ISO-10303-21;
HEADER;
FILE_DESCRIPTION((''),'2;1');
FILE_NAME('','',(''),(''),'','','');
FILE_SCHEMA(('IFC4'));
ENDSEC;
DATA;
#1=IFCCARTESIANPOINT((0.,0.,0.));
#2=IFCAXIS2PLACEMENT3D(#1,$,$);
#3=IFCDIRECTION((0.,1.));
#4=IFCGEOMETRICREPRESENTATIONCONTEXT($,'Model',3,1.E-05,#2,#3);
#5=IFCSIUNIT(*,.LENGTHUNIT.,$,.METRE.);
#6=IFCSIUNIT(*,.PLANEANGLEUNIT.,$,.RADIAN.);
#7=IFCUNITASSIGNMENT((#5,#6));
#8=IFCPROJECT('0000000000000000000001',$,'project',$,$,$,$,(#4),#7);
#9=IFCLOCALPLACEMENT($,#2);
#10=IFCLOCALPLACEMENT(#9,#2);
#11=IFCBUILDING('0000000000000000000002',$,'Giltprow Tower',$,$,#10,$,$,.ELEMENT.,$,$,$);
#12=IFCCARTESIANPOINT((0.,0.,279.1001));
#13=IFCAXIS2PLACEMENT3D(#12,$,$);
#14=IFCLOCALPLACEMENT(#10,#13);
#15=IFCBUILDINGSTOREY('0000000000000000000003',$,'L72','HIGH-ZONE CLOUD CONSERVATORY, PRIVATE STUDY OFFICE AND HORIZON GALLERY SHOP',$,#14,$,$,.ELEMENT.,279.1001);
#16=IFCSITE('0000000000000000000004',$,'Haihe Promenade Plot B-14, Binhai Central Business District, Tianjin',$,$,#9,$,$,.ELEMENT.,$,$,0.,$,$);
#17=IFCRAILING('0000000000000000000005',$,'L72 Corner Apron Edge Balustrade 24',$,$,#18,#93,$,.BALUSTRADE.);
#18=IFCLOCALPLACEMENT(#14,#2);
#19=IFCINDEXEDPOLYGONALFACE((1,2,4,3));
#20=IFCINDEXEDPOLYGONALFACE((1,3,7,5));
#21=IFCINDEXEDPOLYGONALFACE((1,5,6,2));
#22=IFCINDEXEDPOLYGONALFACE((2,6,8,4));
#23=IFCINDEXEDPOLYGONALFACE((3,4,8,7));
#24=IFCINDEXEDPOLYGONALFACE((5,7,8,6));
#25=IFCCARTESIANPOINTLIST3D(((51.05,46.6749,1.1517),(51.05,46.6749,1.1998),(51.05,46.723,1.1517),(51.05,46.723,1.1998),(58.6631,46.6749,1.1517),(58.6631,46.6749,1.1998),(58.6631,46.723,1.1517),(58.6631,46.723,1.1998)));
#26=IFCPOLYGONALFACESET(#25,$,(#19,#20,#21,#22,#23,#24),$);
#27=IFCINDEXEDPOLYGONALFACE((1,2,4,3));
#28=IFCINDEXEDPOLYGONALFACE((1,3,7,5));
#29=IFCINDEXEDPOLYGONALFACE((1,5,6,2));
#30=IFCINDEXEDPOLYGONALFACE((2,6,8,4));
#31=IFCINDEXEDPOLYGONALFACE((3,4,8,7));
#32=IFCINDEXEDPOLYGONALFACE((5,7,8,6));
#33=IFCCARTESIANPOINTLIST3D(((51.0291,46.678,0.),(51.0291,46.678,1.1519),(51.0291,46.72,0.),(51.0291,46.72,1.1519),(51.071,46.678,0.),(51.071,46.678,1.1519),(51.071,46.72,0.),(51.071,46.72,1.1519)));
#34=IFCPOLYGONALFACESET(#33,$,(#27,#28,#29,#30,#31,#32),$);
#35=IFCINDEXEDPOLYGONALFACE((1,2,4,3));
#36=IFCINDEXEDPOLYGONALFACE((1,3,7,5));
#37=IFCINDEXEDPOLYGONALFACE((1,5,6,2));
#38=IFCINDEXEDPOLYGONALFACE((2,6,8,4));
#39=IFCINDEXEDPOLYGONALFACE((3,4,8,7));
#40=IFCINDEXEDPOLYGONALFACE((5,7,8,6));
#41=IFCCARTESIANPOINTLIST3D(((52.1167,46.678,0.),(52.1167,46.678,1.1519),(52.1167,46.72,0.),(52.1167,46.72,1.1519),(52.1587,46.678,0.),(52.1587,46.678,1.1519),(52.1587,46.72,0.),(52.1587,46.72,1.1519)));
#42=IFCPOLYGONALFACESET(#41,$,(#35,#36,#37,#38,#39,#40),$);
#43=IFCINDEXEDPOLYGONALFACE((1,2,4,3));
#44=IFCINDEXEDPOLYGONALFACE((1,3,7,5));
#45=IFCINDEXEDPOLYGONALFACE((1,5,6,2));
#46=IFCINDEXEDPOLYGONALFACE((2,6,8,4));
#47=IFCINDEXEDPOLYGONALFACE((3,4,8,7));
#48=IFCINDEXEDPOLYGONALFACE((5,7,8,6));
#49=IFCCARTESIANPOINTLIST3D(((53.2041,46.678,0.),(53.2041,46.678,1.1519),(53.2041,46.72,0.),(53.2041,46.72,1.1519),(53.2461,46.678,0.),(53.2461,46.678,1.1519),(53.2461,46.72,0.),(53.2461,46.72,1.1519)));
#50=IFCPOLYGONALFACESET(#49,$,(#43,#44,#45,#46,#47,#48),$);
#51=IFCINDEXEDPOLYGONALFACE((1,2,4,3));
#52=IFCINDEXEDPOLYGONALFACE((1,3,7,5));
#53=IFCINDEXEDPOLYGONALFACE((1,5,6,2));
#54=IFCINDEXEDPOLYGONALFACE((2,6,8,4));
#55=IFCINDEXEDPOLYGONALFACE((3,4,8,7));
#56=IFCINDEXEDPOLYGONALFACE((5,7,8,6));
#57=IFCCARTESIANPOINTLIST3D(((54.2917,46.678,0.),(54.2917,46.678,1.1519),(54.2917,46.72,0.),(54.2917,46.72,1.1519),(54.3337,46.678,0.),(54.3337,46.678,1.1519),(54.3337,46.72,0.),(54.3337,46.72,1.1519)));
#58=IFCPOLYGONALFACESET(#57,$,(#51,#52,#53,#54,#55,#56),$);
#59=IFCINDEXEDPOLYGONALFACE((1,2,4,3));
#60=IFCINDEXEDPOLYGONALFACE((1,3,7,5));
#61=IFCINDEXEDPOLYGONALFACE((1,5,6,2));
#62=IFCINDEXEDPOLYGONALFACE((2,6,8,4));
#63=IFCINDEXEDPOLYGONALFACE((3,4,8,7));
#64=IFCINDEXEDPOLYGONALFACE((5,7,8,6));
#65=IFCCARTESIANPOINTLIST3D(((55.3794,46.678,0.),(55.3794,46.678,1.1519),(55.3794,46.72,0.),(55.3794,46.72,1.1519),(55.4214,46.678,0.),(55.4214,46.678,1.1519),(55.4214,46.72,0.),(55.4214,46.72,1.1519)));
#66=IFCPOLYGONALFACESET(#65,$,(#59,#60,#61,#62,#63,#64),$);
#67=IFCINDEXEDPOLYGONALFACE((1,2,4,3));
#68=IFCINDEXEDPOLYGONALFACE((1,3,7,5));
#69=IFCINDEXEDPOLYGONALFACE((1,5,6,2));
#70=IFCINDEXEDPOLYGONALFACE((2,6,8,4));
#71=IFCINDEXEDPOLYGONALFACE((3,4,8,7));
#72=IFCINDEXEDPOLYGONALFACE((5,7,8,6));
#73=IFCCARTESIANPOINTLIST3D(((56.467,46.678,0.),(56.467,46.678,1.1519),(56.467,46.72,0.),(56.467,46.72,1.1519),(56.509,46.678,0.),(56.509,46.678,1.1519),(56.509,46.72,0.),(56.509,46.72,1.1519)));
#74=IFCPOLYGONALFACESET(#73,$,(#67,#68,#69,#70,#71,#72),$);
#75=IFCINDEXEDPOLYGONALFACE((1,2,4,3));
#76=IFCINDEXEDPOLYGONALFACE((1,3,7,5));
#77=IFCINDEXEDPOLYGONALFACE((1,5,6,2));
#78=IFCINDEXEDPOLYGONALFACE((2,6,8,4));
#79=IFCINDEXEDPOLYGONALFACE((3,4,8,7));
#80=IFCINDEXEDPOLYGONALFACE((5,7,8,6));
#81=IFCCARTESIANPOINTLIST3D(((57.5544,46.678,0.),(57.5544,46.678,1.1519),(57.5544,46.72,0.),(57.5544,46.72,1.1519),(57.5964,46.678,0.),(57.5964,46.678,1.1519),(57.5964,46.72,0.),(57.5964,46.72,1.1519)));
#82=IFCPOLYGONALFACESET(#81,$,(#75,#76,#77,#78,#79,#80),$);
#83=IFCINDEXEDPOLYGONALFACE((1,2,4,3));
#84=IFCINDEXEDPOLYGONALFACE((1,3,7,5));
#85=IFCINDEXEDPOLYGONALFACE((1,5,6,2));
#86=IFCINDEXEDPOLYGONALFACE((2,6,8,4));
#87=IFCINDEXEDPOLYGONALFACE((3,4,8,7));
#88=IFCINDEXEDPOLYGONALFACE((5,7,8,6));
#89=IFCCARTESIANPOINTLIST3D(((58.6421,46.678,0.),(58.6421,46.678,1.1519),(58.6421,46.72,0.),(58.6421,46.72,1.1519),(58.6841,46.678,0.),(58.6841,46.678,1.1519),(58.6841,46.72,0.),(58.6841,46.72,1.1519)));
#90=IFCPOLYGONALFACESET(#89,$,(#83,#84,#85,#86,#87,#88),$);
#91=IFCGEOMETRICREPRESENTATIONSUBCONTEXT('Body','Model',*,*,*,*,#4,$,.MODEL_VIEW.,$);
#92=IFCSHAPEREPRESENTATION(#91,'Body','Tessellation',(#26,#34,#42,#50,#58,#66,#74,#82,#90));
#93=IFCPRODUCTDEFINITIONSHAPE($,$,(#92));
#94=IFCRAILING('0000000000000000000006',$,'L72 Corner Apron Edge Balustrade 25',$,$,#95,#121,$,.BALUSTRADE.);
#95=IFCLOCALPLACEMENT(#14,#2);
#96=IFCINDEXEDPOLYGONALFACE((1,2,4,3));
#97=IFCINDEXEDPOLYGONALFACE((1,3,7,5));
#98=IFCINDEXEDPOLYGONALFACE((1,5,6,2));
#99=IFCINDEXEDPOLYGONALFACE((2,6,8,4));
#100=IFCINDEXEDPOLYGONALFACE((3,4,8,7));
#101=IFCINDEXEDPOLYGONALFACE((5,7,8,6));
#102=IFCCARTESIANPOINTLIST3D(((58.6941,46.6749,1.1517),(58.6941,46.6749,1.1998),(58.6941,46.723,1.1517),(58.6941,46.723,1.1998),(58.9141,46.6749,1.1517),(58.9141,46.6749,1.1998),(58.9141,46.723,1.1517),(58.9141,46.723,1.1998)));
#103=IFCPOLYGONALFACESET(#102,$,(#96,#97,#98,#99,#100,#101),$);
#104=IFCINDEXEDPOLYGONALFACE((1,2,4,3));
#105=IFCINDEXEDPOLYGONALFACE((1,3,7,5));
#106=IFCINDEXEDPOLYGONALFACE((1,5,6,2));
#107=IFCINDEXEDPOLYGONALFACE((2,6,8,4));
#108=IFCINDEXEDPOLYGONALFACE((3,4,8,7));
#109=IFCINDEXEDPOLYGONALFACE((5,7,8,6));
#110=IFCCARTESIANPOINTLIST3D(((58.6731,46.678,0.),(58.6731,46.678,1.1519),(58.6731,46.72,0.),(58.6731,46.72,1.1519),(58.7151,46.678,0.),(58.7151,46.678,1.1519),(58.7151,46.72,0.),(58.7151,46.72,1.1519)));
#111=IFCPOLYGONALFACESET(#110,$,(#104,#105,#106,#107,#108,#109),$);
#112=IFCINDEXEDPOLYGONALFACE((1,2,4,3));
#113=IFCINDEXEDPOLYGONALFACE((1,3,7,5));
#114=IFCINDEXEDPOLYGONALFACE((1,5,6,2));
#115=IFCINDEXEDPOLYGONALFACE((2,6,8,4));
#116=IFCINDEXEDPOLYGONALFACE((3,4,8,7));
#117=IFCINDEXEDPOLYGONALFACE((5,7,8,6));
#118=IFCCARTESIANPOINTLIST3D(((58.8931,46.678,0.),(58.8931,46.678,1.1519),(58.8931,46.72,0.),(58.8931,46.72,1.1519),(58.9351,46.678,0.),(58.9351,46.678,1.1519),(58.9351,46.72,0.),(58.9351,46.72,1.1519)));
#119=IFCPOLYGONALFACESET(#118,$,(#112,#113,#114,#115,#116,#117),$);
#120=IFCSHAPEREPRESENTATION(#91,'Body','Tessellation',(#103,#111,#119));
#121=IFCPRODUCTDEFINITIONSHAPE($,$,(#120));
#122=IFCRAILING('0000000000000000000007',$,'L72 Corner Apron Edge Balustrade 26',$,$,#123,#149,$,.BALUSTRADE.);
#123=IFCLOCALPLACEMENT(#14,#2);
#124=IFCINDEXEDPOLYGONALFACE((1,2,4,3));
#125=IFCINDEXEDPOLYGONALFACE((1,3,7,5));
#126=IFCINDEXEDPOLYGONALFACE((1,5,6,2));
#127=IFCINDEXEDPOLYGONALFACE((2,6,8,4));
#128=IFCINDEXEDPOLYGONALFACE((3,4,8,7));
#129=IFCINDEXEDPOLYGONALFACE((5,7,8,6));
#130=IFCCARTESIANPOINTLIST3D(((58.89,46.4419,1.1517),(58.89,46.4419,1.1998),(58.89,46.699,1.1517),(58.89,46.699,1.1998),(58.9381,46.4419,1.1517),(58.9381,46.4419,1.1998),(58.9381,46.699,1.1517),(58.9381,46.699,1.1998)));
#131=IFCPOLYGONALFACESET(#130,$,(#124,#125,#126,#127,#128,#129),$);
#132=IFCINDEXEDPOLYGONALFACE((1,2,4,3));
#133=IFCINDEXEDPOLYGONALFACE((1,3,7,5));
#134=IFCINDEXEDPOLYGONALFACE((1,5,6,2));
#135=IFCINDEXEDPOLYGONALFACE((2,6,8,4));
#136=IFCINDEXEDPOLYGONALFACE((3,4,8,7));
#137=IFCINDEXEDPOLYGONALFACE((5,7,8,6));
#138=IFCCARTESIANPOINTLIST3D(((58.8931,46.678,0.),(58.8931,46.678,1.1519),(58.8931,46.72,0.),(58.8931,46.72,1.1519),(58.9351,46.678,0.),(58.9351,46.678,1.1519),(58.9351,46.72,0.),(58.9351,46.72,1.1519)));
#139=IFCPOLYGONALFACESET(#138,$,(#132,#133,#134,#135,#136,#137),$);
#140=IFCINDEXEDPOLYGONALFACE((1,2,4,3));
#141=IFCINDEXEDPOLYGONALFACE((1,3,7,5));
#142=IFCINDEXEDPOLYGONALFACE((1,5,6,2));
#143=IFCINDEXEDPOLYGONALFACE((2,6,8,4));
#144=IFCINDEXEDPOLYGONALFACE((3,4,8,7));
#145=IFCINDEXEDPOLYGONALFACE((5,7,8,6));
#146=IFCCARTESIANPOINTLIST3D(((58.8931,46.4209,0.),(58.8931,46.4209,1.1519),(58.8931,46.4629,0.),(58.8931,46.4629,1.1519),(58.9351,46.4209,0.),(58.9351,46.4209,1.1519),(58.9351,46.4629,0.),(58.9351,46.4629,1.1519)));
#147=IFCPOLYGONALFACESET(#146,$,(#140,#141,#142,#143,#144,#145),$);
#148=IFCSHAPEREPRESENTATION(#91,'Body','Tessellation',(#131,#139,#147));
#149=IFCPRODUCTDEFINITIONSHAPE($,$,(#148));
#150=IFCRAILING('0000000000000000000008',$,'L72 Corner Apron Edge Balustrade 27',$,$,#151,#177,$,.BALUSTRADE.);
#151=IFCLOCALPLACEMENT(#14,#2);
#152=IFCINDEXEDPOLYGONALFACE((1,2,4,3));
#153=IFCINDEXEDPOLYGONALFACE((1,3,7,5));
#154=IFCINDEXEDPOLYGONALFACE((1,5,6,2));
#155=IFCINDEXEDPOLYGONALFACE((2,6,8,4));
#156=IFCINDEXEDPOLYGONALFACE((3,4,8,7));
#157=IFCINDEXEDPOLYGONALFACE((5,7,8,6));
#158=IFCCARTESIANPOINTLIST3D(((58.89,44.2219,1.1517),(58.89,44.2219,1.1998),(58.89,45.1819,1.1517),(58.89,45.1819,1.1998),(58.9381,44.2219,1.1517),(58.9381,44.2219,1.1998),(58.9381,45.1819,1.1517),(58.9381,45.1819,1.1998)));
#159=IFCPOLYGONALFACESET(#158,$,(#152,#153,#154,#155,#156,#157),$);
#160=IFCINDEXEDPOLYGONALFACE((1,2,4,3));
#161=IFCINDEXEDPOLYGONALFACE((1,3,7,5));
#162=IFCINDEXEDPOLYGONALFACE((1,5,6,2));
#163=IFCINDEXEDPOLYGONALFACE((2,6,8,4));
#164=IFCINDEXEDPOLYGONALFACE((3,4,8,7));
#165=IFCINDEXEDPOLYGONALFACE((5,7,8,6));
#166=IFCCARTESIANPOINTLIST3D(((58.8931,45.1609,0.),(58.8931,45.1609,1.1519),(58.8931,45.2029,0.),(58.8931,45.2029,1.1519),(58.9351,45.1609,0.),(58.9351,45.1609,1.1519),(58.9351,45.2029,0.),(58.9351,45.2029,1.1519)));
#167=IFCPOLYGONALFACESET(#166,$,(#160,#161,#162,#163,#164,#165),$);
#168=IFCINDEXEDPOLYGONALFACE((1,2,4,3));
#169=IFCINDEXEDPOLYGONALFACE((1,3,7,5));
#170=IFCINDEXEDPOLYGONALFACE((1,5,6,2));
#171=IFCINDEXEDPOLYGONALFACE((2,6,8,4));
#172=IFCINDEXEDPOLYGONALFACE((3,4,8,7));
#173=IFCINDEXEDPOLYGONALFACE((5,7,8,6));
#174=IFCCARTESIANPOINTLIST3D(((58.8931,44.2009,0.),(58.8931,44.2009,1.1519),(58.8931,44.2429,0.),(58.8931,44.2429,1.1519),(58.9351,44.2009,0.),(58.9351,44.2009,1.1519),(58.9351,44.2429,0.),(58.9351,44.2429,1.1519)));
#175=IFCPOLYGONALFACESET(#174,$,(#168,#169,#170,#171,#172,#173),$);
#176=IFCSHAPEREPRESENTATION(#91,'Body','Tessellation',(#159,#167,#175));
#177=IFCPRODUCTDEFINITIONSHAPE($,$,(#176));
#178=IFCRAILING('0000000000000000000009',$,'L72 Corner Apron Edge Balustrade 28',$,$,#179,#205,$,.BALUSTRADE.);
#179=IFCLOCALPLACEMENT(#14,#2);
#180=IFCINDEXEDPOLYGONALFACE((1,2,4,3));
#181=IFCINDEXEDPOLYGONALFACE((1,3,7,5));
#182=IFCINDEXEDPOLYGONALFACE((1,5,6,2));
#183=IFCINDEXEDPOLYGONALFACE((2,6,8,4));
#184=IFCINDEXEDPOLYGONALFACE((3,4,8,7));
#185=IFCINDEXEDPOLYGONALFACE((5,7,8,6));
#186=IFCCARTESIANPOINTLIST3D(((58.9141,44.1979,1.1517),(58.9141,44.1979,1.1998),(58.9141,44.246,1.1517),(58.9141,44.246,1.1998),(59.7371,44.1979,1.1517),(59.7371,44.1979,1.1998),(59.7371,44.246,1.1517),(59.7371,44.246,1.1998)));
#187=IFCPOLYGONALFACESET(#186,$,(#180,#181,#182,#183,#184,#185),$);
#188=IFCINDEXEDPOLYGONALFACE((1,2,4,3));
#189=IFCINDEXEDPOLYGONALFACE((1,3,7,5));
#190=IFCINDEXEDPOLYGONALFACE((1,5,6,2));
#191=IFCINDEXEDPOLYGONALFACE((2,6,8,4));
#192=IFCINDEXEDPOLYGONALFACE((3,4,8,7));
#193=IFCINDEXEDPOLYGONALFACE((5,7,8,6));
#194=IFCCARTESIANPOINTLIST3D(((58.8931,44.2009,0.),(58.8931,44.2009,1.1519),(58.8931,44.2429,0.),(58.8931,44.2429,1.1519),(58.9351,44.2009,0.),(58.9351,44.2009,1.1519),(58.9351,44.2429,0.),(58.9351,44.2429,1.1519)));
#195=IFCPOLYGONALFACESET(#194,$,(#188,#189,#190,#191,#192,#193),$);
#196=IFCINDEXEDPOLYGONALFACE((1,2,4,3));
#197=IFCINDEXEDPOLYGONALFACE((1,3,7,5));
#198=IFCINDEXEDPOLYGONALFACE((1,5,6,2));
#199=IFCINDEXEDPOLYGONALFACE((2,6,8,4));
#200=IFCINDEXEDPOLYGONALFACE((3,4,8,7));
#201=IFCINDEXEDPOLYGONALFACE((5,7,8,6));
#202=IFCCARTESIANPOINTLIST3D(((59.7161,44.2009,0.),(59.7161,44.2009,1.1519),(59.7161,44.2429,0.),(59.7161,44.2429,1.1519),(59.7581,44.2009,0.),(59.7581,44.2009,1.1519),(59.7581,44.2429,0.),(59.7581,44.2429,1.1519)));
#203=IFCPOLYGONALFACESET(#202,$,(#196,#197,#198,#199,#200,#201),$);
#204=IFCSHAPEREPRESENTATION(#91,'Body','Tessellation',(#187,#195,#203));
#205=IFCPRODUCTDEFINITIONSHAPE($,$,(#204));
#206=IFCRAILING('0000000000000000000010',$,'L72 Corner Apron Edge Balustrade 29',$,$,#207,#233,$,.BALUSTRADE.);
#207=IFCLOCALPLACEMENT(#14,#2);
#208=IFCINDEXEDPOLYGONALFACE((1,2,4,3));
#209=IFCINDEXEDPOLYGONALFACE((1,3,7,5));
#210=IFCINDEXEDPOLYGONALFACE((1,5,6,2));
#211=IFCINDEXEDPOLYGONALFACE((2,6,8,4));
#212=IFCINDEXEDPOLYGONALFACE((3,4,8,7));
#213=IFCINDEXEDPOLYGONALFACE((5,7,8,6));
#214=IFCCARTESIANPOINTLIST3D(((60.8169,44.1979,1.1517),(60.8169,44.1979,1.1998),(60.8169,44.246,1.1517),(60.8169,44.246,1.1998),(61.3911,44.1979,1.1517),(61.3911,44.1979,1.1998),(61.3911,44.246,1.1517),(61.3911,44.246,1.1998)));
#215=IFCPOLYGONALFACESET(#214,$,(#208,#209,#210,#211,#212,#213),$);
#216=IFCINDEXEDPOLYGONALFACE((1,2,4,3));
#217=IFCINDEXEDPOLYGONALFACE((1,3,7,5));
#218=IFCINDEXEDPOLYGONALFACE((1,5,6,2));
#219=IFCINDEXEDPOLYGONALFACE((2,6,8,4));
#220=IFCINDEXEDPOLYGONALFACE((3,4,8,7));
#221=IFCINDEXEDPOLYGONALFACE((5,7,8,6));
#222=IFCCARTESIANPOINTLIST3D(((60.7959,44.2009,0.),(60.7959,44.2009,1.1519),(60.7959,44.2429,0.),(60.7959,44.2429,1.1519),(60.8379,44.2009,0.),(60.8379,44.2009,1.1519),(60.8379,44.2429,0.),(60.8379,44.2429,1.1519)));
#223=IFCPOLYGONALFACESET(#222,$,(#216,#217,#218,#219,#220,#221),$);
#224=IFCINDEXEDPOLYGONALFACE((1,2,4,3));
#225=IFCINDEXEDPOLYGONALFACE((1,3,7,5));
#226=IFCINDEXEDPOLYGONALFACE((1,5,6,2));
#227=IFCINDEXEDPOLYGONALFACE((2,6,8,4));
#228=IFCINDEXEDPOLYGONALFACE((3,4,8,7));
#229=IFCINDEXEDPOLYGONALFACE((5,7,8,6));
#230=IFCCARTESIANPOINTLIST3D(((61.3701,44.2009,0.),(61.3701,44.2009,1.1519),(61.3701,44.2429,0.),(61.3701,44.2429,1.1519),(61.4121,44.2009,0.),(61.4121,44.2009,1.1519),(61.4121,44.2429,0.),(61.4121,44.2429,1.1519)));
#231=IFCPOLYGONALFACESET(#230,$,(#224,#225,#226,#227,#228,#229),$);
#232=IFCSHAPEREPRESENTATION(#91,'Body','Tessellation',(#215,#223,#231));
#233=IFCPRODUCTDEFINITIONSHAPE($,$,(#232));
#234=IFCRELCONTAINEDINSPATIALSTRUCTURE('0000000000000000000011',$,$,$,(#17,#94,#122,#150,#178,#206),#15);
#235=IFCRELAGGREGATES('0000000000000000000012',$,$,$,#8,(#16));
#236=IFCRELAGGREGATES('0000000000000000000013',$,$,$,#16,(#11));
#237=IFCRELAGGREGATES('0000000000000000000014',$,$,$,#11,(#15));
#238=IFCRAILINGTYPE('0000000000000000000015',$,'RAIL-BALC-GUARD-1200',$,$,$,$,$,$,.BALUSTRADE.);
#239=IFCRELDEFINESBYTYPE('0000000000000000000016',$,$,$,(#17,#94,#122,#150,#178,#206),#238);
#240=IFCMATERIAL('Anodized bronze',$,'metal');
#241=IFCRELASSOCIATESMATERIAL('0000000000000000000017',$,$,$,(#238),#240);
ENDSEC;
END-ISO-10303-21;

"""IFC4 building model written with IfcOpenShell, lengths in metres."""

from ifc_helpers import new_model, si_unit, direction, frame, origin, origin_2d, place, context, subcontext, project, spatial, rectangle, extrude, material, type_object, element, save


model = new_model("IFC4")

# Units and contexts
model_context = context("Model", 3, precision=1e-05, world=origin(), true_north=direction((0.0, 1.0)))
body_context = subcontext(model_context, "Body", "Model", "MODEL_VIEW")
ifc_project = project(units=[si_unit("LENGTHUNIT", "METRE"), si_unit("PLANEANGLEUNIT", "RADIAN")], contexts=[model_context])

# Site, building, storey
site_placement = place(None, origin())
site = spatial("IfcSite", under=ifc_project, at=site_placement, Name="Haihe Promenade Plot B-14, Binhai Central Business District, Tianjin", CompositionType="ELEMENT", RefElevation=0.0)
building_placement = place(site_placement, origin())
building = spatial("IfcBuilding", under=site, at=building_placement, Name="Giltprow Tower", CompositionType="ELEMENT")
storey_placement = place(building_placement, frame((0.0, 0.0, 279.1001)))
storey = spatial("IfcBuildingStorey", under=building, at=storey_placement, Name="L72", Description="HIGH-ZONE CLOUD CONSERVATORY, PRIVATE STUDY OFFICE AND HORIZON GALLERY SHOP", CompositionType="ELEMENT", Elevation=279.1001)

# Railings
ifc_material_1 = material(Name="Anodized bronze", Category="metal")
railing_type = type_object("IfcRailingType", Name="RAIL-BALC-GUARD-1200", PredefinedType="BALUSTRADE", material=ifc_material_1)
railing_1_placement = place(storey_placement, frame((51.05, 46.699, 0.0)))
element("IfcRailing", 1, at=railing_1_placement, inside=storey, type_object=railing_type, Name="L72 Corner Apron Edge Balustrade 24", PredefinedType="BALUSTRADE", context=body_context, shape_type="SweptSolid", body=[
    extrude(rectangle(XDim=0.0481, YDim=0.0481, at=origin_2d()), frame((0.0, 0.0, 1.1758), z_axis=(1.0, 0.0, 0.0), x_axis=(0.0, 1.0, 0.0)), (0.0, 0.0, 1.0), 7.613),
    extrude(rectangle(XDim=0.042, YDim=0.042, at=origin_2d()), origin(), (0.0, 0.0, 1.0), 1.1519),
    extrude(rectangle(XDim=0.042, YDim=0.042, at=origin_2d()), frame((1.0876, 0.0, 0.0)), (0.0, 0.0, 1.0), 1.1519),
    extrude(rectangle(XDim=0.042, YDim=0.042, at=origin_2d()), frame((2.175, 0.0, 0.0)), (0.0, 0.0, 1.0), 1.1519),
    extrude(rectangle(XDim=0.042, YDim=0.042, at=origin_2d()), frame((3.2627, 0.0, 0.0)), (0.0, 0.0, 1.0), 1.1519),
    extrude(rectangle(XDim=0.042, YDim=0.042, at=origin_2d()), frame((4.3503, 0.0, 0.0)), (0.0, 0.0, 1.0), 1.1519),
    extrude(rectangle(XDim=0.042, YDim=0.042, at=origin_2d()), frame((5.438, 0.0, 0.0)), (0.0, 0.0, 1.0), 1.1519),
    extrude(rectangle(XDim=0.042, YDim=0.042, at=origin_2d()), frame((6.5254, 0.0, 0.0)), (0.0, 0.0, 1.0), 1.1519),
    extrude(rectangle(XDim=0.042, YDim=0.042, at=origin_2d()), frame((7.613, 0.0, 0.0)), (0.0, 0.0, 1.0), 1.1519),
])
railing_2_placement = place(storey_placement, frame((58.6941, 46.699, 0.0)))
element("IfcRailing", 2, at=railing_2_placement, inside=storey, type_object=railing_type, Name="L72 Corner Apron Edge Balustrade 25", PredefinedType="BALUSTRADE", context=body_context, shape_type="SweptSolid", body=[
    extrude(rectangle(XDim=0.0481, YDim=0.0481, at=origin_2d()), frame((0.0, 0.0, 1.1758), z_axis=(1.0, 0.0, 0.0), x_axis=(0.0, 1.0, 0.0)), (0.0, 0.0, 1.0), 0.22),
    extrude(rectangle(XDim=0.042, YDim=0.042, at=origin_2d()), origin(), (0.0, 0.0, 1.0), 1.1519),
    extrude(rectangle(XDim=0.042, YDim=0.042, at=origin_2d()), frame((0.22, 0.0, 0.0)), (0.0, 0.0, 1.0), 1.1519),
])
railing_3_placement = place(storey_placement, frame((58.9141, 46.699, 0.0)))
element("IfcRailing", 3, at=railing_3_placement, inside=storey, type_object=railing_type, Name="L72 Corner Apron Edge Balustrade 26", PredefinedType="BALUSTRADE", context=body_context, shape_type="SweptSolid", body=[
    extrude(rectangle(XDim=0.0481, YDim=0.0481, at=origin_2d()), frame((0.0, 0.0, 1.1758), z_axis=(0.0, -1.0, 0.0), x_axis=(1.0, 0.0, 0.0)), (0.0, 0.0, 1.0), 0.2571),
    extrude(rectangle(XDim=0.042, YDim=0.042, at=origin_2d()), origin(), (0.0, 0.0, 1.0), 1.1519),
    extrude(rectangle(XDim=0.042, YDim=0.042, at=origin_2d()), frame((0.0, -0.2571, 0.0)), (0.0, 0.0, 1.0), 1.1519),
])
railing_4_placement = place(storey_placement, frame((58.9141, 45.1819, 0.0)))
element("IfcRailing", 4, at=railing_4_placement, inside=storey, type_object=railing_type, Name="L72 Corner Apron Edge Balustrade 27", PredefinedType="BALUSTRADE", context=body_context, shape_type="SweptSolid", body=[
    extrude(rectangle(XDim=0.0481, YDim=0.0481, at=origin_2d()), frame((0.0, 0.0, 1.1758), z_axis=(0.0, -1.0, 0.0), x_axis=(1.0, 0.0, 0.0)), (0.0, 0.0, 1.0), 0.96),
    extrude(rectangle(XDim=0.042, YDim=0.042, at=origin_2d()), origin(), (0.0, 0.0, 1.0), 1.1519),
    extrude(rectangle(XDim=0.042, YDim=0.042, at=origin_2d()), frame((0.0, -0.96, 0.0)), (0.0, 0.0, 1.0), 1.1519),
])
railing_5_placement = place(storey_placement, frame((58.9141, 44.2219, 0.0)))
element("IfcRailing", 5, at=railing_5_placement, inside=storey, type_object=railing_type, Name="L72 Corner Apron Edge Balustrade 28", PredefinedType="BALUSTRADE", context=body_context, shape_type="SweptSolid", body=[
    extrude(rectangle(XDim=0.0481, YDim=0.0481, at=origin_2d()), frame((0.0, 0.0, 1.1758), z_axis=(1.0, 0.0, 0.0), x_axis=(0.0, 1.0, 0.0)), (0.0, 0.0, 1.0), 0.823),
    extrude(rectangle(XDim=0.042, YDim=0.042, at=origin_2d()), origin(), (0.0, 0.0, 1.0), 1.1519),
    extrude(rectangle(XDim=0.042, YDim=0.042, at=origin_2d()), frame((0.823, 0.0, 0.0)), (0.0, 0.0, 1.0), 1.1519),
])
railing_6_placement = place(storey_placement, frame((60.8169, 44.2219, 0.0)))
element("IfcRailing", 6, at=railing_6_placement, inside=storey, type_object=railing_type, Name="L72 Corner Apron Edge Balustrade 29", PredefinedType="BALUSTRADE", context=body_context, shape_type="SweptSolid", body=[
    extrude(rectangle(XDim=0.0481, YDim=0.0481, at=origin_2d()), frame((0.0, 0.0, 1.1758), z_axis=(1.0, 0.0, 0.0), x_axis=(0.0, 1.0, 0.0)), (0.0, 0.0, 1.0), 0.5742),
    extrude(rectangle(XDim=0.042, YDim=0.042, at=origin_2d()), origin(), (0.0, 0.0, 1.0), 1.1519),
    extrude(rectangle(XDim=0.042, YDim=0.042, at=origin_2d()), frame((0.5742, 0.0, 0.0)), (0.0, 0.0, 1.0), 1.1519),
])

save(model, "model.ifc")
